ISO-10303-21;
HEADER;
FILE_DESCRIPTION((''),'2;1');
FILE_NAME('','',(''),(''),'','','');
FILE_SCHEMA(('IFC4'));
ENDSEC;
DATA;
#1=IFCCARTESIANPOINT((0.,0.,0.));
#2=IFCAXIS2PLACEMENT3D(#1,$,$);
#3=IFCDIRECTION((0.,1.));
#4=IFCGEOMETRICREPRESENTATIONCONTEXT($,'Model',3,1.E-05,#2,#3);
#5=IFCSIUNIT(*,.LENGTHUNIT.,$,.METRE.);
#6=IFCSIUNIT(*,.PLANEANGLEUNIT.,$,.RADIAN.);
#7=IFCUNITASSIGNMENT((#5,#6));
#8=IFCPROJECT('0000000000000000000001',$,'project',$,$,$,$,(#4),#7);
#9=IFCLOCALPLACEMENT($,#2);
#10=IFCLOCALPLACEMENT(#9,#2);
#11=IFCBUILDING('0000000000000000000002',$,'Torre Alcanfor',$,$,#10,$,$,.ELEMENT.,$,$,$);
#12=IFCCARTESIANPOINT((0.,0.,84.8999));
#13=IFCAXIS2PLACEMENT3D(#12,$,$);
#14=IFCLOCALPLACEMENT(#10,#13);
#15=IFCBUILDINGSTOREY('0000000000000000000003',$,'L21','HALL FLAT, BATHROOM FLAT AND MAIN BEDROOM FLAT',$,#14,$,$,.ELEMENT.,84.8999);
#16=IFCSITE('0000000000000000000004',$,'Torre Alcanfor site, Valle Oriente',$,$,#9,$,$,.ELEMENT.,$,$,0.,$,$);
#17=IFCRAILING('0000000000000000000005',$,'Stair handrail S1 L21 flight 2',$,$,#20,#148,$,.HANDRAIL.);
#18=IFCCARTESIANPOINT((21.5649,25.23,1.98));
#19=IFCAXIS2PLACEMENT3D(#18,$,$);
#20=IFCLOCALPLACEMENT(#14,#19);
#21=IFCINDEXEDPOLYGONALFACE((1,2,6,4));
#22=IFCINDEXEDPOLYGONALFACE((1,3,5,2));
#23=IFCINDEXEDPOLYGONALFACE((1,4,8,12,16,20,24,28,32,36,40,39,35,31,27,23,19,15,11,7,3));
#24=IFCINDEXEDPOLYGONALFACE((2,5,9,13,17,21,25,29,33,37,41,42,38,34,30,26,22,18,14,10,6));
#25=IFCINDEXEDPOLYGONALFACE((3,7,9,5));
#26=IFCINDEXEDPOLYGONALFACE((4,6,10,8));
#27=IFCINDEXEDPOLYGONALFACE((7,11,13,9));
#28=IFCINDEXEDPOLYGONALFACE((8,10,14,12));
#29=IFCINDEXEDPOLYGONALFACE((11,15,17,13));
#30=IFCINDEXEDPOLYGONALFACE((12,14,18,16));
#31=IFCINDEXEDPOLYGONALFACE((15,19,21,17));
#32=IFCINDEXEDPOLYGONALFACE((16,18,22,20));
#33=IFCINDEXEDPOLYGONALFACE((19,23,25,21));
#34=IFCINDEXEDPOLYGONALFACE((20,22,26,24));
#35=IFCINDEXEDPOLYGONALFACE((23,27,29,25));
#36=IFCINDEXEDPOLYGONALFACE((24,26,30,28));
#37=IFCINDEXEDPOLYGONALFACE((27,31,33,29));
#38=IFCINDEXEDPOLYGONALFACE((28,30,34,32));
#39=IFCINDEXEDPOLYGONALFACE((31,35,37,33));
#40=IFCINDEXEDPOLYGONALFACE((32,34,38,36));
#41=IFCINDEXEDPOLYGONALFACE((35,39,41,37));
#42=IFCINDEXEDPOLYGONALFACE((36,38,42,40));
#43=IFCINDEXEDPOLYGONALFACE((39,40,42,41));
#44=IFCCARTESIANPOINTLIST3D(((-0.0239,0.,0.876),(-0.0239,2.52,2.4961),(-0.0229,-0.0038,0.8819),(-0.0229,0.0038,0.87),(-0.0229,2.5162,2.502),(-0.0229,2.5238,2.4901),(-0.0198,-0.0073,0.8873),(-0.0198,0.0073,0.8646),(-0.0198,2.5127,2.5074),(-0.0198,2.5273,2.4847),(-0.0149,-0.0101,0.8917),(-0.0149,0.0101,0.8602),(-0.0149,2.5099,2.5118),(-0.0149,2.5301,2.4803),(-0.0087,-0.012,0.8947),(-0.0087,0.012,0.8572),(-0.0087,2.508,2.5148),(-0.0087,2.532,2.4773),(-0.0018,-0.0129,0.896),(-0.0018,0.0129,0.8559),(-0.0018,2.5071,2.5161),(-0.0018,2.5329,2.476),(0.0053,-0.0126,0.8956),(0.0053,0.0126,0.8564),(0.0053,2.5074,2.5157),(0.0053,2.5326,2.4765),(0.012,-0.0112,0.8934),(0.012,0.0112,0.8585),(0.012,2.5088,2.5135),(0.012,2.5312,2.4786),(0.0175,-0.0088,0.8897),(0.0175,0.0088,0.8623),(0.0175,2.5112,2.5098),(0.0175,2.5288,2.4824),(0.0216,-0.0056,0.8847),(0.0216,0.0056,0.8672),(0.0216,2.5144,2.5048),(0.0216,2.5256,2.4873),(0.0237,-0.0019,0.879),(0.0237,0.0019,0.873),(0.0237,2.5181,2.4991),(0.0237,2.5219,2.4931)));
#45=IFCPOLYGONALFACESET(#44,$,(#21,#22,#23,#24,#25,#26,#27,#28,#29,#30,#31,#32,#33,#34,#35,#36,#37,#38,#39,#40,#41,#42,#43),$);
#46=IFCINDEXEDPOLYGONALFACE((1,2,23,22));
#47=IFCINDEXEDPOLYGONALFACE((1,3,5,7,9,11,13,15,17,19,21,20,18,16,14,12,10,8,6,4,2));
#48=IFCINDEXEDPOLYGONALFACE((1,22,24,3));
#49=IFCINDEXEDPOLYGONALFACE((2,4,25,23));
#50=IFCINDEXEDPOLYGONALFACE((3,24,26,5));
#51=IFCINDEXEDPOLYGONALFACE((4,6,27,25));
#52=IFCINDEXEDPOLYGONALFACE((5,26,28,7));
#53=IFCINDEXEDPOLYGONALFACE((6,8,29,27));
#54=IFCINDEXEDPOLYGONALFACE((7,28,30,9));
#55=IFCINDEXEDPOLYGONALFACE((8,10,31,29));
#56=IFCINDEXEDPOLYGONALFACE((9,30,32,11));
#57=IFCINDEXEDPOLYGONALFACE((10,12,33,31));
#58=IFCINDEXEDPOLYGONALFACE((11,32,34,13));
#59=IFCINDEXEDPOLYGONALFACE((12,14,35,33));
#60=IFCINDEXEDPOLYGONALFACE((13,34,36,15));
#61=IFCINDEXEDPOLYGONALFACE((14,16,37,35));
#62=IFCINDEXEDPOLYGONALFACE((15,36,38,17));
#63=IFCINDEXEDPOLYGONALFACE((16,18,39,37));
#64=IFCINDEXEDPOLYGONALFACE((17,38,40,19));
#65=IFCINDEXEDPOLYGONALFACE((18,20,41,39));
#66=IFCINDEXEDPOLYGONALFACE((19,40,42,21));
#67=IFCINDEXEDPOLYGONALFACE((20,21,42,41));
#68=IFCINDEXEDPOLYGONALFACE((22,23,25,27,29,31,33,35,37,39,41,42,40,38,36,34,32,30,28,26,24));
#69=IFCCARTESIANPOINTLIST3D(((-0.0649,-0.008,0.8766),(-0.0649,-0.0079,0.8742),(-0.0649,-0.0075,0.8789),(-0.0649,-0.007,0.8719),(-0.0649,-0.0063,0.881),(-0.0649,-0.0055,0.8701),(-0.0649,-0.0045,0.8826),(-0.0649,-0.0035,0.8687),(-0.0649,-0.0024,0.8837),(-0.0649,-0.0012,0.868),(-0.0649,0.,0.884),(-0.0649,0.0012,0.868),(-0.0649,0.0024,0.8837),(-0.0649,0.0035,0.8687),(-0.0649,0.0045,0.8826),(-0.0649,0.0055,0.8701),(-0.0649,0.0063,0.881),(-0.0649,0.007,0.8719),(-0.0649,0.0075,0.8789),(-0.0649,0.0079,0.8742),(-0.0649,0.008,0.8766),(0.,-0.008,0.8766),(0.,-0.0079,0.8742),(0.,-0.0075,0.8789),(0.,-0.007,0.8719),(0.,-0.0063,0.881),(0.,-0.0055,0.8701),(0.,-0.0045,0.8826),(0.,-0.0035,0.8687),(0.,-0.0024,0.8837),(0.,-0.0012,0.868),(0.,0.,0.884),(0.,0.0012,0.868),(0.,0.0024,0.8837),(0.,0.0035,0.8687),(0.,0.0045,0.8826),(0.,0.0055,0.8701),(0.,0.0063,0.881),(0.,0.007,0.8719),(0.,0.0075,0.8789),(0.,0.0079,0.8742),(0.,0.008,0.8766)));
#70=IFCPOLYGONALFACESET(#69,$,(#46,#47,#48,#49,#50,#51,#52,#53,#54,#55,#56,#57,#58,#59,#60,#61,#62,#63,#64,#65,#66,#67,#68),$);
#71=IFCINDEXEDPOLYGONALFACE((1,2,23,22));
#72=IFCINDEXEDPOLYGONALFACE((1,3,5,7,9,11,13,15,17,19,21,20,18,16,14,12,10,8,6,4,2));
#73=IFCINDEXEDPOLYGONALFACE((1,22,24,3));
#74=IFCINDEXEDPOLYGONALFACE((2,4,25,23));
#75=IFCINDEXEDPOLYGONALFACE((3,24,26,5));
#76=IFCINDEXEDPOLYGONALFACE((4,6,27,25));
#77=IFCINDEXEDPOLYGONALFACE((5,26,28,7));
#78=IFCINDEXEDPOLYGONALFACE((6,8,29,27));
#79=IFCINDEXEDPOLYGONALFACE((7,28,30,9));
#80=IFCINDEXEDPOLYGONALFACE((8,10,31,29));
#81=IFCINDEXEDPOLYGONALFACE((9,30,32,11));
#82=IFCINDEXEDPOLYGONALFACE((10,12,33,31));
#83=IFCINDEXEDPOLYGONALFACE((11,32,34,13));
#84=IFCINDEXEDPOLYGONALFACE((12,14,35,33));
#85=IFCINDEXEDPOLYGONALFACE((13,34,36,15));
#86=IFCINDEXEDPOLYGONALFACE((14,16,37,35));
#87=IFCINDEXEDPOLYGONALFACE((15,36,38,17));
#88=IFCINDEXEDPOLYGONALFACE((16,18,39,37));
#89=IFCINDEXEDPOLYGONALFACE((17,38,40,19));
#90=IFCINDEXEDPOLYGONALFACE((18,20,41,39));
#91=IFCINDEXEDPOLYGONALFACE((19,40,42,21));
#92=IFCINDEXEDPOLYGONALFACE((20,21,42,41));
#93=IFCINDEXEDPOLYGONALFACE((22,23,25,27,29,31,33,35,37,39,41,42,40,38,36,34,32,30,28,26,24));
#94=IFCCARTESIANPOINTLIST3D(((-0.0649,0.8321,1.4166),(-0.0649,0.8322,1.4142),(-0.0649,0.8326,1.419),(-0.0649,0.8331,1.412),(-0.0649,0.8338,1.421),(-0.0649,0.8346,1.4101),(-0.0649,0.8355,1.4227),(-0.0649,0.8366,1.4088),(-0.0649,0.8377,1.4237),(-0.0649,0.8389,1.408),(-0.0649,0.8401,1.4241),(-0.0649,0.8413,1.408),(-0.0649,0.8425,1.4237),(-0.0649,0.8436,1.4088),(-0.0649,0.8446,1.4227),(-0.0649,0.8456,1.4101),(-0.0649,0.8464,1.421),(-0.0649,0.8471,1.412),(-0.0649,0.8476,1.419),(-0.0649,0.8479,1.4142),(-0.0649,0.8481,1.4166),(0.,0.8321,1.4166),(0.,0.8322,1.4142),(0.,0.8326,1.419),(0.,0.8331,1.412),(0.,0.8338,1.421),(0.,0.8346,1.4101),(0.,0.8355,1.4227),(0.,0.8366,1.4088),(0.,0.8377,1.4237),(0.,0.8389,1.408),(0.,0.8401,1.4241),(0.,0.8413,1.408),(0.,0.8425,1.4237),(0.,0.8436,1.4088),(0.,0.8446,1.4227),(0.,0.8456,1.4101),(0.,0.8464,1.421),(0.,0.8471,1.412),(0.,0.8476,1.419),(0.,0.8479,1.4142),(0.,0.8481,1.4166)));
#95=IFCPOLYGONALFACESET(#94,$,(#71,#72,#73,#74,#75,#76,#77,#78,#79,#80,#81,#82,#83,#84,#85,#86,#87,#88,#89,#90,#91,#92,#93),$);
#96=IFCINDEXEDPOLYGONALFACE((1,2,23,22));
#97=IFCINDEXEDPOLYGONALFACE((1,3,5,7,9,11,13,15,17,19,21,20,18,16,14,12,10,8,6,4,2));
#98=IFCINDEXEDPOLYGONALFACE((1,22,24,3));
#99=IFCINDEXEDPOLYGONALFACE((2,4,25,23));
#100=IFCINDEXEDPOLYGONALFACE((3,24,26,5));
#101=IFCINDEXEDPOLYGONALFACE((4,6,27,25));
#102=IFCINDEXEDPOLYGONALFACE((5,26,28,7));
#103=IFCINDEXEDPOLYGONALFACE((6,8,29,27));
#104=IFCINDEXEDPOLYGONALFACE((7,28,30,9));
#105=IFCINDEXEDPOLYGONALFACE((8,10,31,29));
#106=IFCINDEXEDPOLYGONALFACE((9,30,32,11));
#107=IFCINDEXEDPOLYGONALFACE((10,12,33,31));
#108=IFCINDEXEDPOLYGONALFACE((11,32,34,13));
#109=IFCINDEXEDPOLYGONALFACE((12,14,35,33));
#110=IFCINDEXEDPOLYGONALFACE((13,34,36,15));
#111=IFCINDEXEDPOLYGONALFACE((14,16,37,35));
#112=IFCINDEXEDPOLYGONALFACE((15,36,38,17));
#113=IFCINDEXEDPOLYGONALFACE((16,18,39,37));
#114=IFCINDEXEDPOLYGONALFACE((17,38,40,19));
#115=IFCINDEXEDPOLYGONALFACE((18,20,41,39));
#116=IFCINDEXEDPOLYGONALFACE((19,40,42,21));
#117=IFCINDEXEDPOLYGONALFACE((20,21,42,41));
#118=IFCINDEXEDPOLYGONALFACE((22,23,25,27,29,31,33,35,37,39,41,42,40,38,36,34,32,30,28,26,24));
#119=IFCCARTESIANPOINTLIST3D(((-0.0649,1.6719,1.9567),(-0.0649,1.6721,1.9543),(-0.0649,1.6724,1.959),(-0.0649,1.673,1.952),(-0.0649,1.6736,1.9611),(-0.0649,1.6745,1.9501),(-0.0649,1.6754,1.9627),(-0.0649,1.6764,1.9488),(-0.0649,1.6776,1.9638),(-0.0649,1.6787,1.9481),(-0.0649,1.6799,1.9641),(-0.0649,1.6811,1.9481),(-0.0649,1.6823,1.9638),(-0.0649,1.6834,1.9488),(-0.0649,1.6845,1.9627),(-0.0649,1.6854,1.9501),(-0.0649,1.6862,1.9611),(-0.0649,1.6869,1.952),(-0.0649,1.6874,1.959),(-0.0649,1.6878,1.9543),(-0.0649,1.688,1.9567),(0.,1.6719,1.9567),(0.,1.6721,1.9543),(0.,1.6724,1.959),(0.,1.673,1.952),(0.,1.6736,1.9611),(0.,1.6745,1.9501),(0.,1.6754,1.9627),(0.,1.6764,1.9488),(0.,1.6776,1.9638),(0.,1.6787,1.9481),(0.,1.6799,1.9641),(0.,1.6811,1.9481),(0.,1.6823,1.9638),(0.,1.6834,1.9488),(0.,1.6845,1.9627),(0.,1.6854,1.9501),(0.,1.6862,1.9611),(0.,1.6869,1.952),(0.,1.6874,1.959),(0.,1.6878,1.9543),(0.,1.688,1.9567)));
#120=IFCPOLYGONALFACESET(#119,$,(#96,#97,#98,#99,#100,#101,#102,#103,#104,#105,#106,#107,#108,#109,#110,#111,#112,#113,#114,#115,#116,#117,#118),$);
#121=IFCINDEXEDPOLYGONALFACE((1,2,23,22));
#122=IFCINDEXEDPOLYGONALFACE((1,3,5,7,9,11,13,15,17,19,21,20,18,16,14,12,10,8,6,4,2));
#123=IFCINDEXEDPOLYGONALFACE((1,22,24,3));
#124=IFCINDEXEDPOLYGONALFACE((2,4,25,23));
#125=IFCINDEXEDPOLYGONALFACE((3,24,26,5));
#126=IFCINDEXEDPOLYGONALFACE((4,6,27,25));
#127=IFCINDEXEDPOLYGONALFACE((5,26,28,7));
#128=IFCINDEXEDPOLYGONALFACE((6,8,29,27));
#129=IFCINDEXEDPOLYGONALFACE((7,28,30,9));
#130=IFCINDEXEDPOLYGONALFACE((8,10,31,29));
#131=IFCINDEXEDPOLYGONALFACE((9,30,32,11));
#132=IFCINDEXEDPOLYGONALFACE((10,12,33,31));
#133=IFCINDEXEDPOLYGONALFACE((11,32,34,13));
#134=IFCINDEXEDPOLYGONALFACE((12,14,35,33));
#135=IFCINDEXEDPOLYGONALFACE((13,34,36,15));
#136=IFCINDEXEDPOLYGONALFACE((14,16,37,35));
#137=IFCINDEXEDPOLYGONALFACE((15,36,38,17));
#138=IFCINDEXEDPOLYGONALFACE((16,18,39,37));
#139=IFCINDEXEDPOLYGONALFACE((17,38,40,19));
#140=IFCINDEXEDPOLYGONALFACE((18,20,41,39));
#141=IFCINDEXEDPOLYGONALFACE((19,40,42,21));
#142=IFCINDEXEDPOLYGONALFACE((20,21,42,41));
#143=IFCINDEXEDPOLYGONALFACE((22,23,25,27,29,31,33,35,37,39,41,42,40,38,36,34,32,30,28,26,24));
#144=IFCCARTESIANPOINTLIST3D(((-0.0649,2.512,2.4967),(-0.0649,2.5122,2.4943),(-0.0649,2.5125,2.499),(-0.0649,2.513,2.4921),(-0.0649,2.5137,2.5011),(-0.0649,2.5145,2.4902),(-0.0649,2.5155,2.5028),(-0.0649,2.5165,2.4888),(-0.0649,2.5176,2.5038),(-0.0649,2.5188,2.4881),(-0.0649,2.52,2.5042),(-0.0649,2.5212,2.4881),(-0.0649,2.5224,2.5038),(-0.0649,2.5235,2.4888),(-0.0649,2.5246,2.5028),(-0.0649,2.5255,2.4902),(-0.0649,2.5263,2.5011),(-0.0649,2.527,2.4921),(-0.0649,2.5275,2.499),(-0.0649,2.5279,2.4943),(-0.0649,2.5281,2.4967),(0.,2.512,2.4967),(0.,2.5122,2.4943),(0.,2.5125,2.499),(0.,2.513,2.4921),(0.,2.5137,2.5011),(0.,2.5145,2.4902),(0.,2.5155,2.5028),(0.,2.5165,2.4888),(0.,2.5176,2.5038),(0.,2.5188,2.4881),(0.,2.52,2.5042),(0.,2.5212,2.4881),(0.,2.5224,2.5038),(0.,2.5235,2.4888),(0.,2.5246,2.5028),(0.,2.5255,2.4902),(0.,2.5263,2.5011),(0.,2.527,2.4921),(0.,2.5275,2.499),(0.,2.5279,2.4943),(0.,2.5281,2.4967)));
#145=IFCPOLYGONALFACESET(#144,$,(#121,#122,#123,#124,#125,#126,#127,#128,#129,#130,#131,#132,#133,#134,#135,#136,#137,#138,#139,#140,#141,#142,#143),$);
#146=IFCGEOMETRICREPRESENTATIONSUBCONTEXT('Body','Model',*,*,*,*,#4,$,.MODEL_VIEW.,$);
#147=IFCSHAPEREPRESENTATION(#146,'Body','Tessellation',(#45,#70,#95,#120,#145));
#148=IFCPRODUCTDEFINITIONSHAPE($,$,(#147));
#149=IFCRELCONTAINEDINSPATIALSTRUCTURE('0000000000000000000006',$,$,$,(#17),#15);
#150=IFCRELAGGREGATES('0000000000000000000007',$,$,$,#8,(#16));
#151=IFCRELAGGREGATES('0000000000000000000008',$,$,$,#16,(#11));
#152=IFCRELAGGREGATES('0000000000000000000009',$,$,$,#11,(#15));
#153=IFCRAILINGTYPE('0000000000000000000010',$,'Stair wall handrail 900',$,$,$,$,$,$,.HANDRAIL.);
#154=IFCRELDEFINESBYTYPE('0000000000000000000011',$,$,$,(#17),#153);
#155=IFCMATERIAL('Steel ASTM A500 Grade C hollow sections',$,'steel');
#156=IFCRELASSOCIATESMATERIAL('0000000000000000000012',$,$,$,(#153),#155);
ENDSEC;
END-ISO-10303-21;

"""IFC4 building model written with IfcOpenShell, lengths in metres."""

from ifc_helpers import new_model, si_unit, direction, frame, origin, origin_2d, place, context, subcontext, project, spatial, circle, extrude, material, type_object, element, save


model = new_model("IFC4")

# Units and contexts
model_context = context("Model", 3, precision=1e-05, world=origin(), true_north=direction((0.0, 1.0)))
body_context = subcontext(model_context, "Body", "Model", "MODEL_VIEW")
ifc_project = project(units=[si_unit("LENGTHUNIT", "METRE"), si_unit("PLANEANGLEUNIT", "RADIAN")], contexts=[model_context])

# Site, building, storey
site_placement = place(None, origin())
site = spatial("IfcSite", under=ifc_project, at=site_placement, Name="Torre Alcanfor site, Valle Oriente", CompositionType="ELEMENT", RefElevation=0.0)
building_placement = place(site_placement, origin())
building = spatial("IfcBuilding", under=site, at=building_placement, Name="Torre Alcanfor", CompositionType="ELEMENT")
storey_placement = place(building_placement, frame((0.0, 0.0, 84.8999)))
storey = spatial("IfcBuildingStorey", under=building, at=storey_placement, Name="L21", Description="HALL FLAT, BATHROOM FLAT AND MAIN BEDROOM FLAT", CompositionType="ELEMENT", Elevation=84.8999)

# Railing
ifc_material_1 = material(Name="Steel ASTM A500 Grade C hollow sections", Category="steel")
railing_type_1 = type_object("IfcRailingType", Name="Stair wall handrail 900", PredefinedType="HANDRAIL", material=ifc_material_1)
railing_1_placement = place(storey_placement, frame((21.5649, 25.23, 1.98)))
element("IfcRailing", 1, at=railing_1_placement, inside=storey, type_object=railing_type_1, Name="Stair handrail S1 L21 flight 2", PredefinedType="HANDRAIL", context=body_context, shape_type="SweptSolid", body=[
    extrude(circle(Radius=0.0239, at=origin_2d()), frame((0.0, 0.0, 0.876), z_axis=(0.0, 0.841163, 0.540782), x_axis=(-1.0, 0.0, 0.0)), (0.0, 0.0, 1.0), 2.9958),
    extrude(circle(Radius=0.0081, at=origin_2d()), frame((0.0, 0.0, 0.876), z_axis=(-1.0, 0.0, 0.0), x_axis=(0.0, 0.0, 1.0)), (0.0, 0.0, 1.0), 0.0649),
    extrude(circle(Radius=0.0081, at=origin_2d()), frame((0.0, 0.8401, 1.416), z_axis=(-1.0, 0.0, 0.0), x_axis=(0.0, 0.0, 1.0)), (0.0, 0.0, 1.0), 0.0649),
    extrude(circle(Radius=0.0081, at=origin_2d()), frame((0.0, 1.6799, 1.9561), z_axis=(-1.0, 0.0, 0.0), x_axis=(0.0, 0.0, 1.0)), (0.0, 0.0, 1.0), 0.0649),
    extrude(circle(Radius=0.0081, at=origin_2d()), frame((0.0, 2.52, 2.4961), z_axis=(-1.0, 0.0, 0.0), x_axis=(0.0, 0.0, 1.0)), (0.0, 0.0, 1.0), 0.0649),
])

save(model, "model.ifc")
